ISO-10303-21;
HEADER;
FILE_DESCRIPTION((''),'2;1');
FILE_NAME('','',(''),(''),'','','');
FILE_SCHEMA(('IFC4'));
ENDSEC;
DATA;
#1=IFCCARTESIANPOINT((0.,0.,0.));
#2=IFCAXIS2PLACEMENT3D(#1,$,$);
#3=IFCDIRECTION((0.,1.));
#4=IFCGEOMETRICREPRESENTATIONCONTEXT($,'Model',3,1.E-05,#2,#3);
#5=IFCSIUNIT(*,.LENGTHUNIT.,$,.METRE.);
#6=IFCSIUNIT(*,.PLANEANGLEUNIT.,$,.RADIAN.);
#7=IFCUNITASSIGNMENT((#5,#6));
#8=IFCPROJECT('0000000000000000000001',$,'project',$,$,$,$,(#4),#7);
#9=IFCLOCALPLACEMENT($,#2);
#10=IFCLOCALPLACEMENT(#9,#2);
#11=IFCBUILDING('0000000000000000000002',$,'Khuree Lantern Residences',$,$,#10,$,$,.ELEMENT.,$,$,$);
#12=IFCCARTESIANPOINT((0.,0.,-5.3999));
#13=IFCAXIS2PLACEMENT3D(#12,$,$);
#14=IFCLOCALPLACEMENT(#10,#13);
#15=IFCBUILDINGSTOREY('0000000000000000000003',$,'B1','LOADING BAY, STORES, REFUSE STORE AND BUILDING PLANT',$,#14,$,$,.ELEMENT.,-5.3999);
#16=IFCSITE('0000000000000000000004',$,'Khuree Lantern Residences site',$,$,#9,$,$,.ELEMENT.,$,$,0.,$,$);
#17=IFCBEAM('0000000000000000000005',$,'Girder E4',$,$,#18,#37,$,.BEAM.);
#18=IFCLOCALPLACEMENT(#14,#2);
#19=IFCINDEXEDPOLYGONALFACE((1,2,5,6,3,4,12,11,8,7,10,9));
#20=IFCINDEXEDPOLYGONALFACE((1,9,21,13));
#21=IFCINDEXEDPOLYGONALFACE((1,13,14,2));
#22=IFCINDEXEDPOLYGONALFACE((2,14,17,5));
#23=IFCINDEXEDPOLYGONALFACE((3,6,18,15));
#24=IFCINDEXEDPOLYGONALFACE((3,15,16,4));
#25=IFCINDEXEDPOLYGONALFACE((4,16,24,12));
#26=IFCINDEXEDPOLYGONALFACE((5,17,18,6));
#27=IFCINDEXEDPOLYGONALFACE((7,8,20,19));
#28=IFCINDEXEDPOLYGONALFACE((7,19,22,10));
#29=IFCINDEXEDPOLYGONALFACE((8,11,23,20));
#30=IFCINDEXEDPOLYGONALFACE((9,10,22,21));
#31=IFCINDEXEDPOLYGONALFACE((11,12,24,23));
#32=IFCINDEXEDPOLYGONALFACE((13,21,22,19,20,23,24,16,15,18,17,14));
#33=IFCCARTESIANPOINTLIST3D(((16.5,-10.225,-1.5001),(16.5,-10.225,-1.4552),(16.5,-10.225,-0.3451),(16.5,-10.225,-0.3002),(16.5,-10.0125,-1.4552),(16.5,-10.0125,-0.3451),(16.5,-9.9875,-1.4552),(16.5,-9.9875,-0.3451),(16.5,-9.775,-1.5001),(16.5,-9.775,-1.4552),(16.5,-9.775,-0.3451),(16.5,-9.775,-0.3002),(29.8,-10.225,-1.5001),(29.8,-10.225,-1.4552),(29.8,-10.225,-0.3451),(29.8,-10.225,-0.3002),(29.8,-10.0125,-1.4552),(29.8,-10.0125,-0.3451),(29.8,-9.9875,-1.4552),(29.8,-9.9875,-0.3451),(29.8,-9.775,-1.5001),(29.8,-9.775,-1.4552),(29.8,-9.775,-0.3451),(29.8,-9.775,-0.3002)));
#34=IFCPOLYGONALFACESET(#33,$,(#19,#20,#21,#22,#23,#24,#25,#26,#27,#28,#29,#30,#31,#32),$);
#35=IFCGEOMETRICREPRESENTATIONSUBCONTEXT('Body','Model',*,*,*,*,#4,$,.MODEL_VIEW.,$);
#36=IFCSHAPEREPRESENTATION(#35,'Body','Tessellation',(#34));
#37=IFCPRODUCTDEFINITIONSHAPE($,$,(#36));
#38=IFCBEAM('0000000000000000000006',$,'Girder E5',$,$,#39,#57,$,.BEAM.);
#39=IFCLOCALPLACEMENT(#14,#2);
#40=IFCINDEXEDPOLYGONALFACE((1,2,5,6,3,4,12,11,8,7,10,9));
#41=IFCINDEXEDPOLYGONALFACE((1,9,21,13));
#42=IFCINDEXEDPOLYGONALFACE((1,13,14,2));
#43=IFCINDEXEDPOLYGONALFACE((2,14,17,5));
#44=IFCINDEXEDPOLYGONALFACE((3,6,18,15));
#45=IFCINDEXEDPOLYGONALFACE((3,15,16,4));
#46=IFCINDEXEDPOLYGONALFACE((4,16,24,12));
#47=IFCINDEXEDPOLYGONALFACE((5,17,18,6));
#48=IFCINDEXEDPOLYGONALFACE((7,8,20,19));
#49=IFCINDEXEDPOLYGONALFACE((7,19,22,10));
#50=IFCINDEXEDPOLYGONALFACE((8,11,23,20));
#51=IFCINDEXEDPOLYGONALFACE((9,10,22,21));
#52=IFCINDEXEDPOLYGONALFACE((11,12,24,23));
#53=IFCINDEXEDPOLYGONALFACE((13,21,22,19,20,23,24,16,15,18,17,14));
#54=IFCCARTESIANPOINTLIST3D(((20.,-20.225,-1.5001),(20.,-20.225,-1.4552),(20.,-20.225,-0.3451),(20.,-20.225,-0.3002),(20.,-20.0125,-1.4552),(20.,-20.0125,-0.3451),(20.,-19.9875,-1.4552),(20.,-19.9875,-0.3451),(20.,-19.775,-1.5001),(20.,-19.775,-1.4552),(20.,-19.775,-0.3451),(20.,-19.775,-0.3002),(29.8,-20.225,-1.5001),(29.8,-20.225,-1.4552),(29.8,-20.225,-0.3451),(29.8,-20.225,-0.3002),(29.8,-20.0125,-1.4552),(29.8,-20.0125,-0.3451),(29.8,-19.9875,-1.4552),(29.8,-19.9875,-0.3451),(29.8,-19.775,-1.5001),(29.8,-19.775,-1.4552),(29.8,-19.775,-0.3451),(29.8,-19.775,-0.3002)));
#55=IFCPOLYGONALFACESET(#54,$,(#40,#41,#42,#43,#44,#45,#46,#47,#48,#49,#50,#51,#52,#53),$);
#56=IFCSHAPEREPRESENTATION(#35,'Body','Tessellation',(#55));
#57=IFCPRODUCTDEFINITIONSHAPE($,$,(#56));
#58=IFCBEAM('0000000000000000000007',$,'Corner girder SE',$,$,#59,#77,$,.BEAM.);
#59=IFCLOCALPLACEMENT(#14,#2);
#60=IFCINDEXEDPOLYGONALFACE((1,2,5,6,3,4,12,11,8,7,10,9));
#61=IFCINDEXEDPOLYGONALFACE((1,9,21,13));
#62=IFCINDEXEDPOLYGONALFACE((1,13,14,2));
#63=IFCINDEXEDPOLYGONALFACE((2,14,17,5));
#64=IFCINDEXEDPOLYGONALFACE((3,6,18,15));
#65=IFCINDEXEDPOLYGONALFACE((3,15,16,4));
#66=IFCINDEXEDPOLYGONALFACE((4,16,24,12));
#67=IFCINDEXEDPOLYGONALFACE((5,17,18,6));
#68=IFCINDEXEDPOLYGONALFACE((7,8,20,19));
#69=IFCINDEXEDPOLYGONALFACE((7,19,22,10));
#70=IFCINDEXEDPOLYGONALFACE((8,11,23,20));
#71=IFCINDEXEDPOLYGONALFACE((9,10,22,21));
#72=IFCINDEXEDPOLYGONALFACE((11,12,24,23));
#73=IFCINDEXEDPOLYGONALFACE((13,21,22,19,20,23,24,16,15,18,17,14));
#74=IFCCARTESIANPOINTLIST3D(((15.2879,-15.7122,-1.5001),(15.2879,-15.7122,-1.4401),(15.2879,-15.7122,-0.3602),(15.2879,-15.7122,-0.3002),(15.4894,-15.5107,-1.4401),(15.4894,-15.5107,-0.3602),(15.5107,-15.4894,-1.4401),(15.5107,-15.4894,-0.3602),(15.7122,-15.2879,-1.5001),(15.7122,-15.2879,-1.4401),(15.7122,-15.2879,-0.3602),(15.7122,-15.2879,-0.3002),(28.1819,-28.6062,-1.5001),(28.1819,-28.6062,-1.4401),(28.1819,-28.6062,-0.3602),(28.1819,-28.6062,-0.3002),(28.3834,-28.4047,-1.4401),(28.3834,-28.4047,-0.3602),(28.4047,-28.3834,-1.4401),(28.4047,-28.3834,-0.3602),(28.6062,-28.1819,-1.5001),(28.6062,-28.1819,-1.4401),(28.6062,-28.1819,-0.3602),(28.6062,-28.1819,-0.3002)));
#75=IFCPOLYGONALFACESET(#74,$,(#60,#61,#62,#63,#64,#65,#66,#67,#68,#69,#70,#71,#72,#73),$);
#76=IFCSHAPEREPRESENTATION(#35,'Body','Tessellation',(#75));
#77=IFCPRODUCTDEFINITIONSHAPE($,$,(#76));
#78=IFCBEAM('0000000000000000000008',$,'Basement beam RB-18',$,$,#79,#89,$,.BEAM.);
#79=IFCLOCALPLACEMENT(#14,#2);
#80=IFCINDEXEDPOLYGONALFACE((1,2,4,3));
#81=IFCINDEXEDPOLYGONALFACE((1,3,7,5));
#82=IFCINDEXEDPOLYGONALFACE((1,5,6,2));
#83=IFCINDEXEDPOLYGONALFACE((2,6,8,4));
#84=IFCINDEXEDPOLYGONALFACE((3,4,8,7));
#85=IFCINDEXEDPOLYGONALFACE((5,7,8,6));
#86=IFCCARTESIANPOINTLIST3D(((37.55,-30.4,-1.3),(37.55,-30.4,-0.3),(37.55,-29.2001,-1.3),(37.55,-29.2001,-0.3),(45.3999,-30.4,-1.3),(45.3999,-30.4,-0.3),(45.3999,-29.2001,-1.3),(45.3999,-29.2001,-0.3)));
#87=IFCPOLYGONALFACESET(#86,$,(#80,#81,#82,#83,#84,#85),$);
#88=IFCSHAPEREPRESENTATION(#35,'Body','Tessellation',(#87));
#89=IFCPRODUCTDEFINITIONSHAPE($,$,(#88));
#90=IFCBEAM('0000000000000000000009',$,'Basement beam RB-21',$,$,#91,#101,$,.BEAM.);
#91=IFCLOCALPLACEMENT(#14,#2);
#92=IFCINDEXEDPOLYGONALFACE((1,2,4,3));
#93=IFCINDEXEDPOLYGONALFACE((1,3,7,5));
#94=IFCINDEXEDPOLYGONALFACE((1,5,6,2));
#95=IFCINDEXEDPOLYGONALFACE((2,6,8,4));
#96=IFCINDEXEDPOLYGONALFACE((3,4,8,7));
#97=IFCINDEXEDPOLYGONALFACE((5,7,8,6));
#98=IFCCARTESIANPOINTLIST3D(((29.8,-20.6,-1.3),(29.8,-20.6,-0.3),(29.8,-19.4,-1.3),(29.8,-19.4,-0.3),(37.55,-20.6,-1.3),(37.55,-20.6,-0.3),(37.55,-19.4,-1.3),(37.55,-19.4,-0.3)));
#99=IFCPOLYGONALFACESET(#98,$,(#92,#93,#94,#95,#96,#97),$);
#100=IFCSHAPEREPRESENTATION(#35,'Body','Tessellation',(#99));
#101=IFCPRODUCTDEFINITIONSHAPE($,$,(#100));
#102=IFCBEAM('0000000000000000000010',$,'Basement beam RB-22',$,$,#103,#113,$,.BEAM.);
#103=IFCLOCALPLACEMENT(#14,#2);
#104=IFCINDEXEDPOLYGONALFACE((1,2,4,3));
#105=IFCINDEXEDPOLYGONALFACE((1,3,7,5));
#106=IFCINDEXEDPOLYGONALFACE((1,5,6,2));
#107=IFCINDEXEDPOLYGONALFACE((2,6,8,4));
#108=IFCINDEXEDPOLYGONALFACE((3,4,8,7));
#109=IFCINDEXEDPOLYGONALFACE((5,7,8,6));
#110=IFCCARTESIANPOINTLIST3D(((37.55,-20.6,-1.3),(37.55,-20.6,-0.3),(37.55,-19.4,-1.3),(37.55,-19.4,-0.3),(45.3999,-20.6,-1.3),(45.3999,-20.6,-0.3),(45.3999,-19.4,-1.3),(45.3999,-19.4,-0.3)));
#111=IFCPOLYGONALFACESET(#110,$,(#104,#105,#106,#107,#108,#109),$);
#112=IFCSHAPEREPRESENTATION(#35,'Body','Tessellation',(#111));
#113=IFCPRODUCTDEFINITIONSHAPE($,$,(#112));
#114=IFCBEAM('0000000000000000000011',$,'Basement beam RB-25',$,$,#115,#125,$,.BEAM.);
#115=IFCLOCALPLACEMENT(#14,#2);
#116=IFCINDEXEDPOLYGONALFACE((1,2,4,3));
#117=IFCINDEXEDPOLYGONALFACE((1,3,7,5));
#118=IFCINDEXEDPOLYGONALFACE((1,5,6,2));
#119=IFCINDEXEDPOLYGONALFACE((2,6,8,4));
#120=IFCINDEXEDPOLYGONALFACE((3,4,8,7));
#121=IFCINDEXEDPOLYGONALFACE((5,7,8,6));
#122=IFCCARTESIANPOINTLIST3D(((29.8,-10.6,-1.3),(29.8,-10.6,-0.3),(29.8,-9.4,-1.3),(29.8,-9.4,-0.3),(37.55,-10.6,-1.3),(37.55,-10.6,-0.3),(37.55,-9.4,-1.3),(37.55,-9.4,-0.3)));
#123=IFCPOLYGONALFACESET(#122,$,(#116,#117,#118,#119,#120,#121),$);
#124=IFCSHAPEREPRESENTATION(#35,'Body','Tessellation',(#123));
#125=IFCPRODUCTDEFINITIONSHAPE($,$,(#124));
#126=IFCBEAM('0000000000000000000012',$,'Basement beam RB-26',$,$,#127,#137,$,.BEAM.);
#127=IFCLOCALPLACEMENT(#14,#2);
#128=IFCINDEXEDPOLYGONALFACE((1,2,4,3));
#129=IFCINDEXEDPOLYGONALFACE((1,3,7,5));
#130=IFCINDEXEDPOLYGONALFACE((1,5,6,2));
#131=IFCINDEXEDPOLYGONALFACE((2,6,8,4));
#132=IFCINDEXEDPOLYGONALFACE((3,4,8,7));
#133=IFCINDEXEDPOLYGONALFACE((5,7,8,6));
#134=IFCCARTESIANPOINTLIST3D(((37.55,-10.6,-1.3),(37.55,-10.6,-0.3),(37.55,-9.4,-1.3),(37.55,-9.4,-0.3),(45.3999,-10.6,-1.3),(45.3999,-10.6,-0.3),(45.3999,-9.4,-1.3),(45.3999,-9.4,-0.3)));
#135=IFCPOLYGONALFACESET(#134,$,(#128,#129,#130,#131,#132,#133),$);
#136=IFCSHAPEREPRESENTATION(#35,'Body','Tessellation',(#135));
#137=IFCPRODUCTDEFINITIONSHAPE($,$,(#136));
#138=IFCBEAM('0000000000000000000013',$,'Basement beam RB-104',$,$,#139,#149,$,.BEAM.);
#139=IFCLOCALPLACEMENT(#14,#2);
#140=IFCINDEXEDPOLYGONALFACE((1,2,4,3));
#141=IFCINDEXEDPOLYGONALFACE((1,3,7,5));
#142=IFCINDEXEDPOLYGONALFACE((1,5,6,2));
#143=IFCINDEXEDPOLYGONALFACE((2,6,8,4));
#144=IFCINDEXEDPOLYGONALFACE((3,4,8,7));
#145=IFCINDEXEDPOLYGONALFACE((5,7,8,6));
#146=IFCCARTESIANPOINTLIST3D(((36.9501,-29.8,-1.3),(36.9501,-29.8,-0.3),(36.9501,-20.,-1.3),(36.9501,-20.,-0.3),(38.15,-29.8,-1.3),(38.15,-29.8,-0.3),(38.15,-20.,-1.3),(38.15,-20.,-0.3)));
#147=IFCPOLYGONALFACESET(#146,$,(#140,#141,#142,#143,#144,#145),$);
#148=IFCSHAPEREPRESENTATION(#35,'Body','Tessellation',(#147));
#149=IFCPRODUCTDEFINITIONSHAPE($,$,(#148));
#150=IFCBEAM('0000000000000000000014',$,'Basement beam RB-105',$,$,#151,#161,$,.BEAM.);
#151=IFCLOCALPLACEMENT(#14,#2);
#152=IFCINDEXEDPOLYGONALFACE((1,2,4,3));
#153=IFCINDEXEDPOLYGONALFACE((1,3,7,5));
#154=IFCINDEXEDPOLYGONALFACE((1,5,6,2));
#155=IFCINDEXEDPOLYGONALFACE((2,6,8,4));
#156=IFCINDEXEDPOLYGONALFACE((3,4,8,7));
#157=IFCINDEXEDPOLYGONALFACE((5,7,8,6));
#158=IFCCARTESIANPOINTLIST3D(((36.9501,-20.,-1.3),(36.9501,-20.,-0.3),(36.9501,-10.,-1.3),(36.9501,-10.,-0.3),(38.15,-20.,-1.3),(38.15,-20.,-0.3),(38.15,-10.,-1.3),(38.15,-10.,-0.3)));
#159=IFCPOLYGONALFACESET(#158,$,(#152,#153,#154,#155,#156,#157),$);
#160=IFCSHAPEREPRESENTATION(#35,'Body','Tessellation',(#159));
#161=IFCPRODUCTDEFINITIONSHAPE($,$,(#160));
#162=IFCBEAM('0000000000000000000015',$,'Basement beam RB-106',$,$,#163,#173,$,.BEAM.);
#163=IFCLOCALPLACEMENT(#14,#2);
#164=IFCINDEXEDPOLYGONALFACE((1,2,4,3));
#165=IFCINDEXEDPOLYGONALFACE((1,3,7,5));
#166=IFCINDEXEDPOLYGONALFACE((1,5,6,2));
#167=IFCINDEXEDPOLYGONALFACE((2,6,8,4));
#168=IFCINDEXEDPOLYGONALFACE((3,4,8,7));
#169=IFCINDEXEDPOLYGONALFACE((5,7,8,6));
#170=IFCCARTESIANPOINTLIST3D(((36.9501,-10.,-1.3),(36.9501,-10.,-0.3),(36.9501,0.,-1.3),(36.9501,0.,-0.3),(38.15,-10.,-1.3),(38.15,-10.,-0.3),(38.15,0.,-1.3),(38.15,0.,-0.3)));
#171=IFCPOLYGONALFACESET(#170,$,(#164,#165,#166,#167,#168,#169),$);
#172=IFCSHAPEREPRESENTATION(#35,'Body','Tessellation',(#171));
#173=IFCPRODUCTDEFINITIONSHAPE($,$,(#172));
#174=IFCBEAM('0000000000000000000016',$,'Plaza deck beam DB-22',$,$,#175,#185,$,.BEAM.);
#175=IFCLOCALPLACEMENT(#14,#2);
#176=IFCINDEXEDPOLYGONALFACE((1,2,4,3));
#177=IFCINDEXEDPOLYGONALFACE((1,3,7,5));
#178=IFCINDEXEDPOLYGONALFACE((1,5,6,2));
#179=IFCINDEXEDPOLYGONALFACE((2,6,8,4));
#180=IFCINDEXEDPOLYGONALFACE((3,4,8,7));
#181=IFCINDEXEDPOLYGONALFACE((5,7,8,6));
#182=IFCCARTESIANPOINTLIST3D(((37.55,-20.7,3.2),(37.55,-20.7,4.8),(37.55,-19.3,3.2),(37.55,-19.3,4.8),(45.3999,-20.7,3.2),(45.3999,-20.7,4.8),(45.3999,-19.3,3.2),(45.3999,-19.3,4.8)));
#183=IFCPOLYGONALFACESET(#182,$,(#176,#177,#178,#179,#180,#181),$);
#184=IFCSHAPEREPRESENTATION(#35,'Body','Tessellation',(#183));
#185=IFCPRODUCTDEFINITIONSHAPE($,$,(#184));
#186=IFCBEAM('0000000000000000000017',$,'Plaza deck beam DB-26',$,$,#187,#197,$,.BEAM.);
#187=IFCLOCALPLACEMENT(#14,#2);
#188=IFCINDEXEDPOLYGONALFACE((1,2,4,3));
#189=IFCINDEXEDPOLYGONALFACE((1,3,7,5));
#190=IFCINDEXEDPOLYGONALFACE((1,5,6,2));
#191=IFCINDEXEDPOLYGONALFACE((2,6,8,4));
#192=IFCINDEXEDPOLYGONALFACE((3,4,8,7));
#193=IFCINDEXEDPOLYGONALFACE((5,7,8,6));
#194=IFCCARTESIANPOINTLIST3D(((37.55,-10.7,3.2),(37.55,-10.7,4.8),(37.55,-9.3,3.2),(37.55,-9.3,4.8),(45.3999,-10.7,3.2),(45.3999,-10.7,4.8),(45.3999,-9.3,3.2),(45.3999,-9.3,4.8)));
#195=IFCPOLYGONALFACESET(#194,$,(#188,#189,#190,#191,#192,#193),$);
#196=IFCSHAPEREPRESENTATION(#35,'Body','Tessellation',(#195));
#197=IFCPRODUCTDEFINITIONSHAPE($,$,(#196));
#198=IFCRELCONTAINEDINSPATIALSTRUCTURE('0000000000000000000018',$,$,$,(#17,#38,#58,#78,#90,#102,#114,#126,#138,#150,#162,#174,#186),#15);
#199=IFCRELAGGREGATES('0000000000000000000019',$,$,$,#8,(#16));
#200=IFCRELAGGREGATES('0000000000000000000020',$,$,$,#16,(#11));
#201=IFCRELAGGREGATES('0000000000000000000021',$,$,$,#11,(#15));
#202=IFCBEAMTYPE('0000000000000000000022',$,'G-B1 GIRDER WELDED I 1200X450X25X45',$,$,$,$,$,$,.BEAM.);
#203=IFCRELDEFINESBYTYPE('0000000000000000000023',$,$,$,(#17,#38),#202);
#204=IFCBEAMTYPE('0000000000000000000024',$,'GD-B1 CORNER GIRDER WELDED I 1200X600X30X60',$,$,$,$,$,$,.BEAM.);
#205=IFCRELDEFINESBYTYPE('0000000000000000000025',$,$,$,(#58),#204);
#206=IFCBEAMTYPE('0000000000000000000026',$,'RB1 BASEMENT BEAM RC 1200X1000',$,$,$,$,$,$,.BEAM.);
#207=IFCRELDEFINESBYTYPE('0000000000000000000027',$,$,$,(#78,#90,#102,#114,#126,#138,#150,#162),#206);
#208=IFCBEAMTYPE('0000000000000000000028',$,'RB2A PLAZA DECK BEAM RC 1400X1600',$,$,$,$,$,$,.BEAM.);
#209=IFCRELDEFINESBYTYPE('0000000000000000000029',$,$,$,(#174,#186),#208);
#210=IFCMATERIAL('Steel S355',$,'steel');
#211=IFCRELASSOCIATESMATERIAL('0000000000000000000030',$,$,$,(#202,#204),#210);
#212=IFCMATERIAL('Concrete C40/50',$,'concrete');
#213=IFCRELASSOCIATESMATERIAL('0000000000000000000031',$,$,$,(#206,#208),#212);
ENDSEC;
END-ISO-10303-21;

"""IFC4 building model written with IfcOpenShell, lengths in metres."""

from ifc_helpers import new_model, si_unit, direction, frame, origin, origin_2d, place, context, subcontext, project, spatial, rectangle, i_section, extrude, material, material_profile, profile_set, type_object, element, save


model = new_model("IFC4")

# Units and contexts
model_context = context("Model", 3, precision=1e-05, world=origin(), true_north=direction((0.0, 1.0)))
body_context = subcontext(model_context, "Body", "Model", "MODEL_VIEW")
ifc_project = project(units=[si_unit("LENGTHUNIT", "METRE"), si_unit("PLANEANGLEUNIT", "RADIAN")], contexts=[model_context])

# Site, building, storey
site_placement = place(None, origin())
site = spatial("IfcSite", under=ifc_project, at=site_placement, Name="Khuree Lantern Residences site", CompositionType="ELEMENT", RefElevation=0.0)
building_placement = place(site_placement, origin())
building = spatial("IfcBuilding", under=site, at=building_placement, Name="Khuree Lantern Residences", CompositionType="ELEMENT")
storey_placement = place(building_placement, frame((0.0, 0.0, -5.3999)))
storey = spatial("IfcBuildingStorey", under=building, at=storey_placement, Name="B1", Description="LOADING BAY, STORES, REFUSE STORE AND BUILDING PLANT", CompositionType="ELEMENT", Elevation=-5.3999)

# Beams
ifc_material_1 = material(Name="Steel S355", Category="steel")
ifc_material_profile_1 = material_profile(ifc_material_1, i_section(OverallWidth=0.45, OverallDepth=1.2, WebThickness=0.0249, FlangeThickness=0.0449, at=origin_2d()), Name="WELDED I 1200X450X25X45")
ifc_profile_set_1 = profile_set([ifc_material_profile_1], Name="Steel S355")
beam_type_1 = type_object("IfcBeamType", Name="G-B1 GIRDER WELDED I 1200X450X25X45", PredefinedType="BEAM", material=ifc_profile_set_1)
beam_1_placement = place(storey_placement, frame((29.8, -10.0, -0.9001), z_axis=(-1.0, 0.0, 0.0), x_axis=(0.0, -1.0, 0.0)))
element("IfcBeam", 1, at=beam_1_placement, inside=storey, type_object=beam_type_1, Name="Girder E4", PredefinedType="BEAM", context=body_context, shape_type="SweptSolid", body=[
    extrude(i_section(OverallWidth=0.45, OverallDepth=1.2, WebThickness=0.0249, FlangeThickness=0.0449, at=origin_2d()), origin(), (0.0, 0.0, 1.0), 13.3),
])
beam_2_placement = place(storey_placement, frame((29.8, -20.0, -0.9001), z_axis=(-1.0, 0.0, 0.0), x_axis=(0.0, -1.0, 0.0)))
element("IfcBeam", 2, at=beam_2_placement, inside=storey, type_object=beam_type_1, Name="Girder E5", PredefinedType="BEAM", context=body_context, shape_type="SweptSolid", body=[
    extrude(i_section(OverallWidth=0.45, OverallDepth=1.2, WebThickness=0.0249, FlangeThickness=0.0449, at=origin_2d()), origin(), (0.0, 0.0, 1.0), 9.8),
])
ifc_material_profile_2 = material_profile(ifc_material_1, i_section(OverallWidth=0.6001, OverallDepth=1.2, WebThickness=0.03, FlangeThickness=0.0601, at=origin_2d()), Name="WELDED I 1200X600X30X60")
ifc_profile_set_2 = profile_set([ifc_material_profile_2], Name="Steel S355")
beam_type_2 = type_object("IfcBeamType", Name="GD-B1 CORNER GIRDER WELDED I 1200X600X30X60", PredefinedType="BEAM", material=ifc_profile_set_2)
beam_3_placement = place(storey_placement, frame((28.394, -28.394, -0.9001), z_axis=(-0.707107, 0.707107, 0.0), x_axis=(-0.707107, -0.707107, 0.0)))
element("IfcBeam", 3, at=beam_3_placement, inside=storey, type_object=beam_type_2, Name="Corner girder SE", PredefinedType="BEAM", context=body_context, shape_type="SweptSolid", body=[
    extrude(i_section(OverallWidth=0.6001, OverallDepth=1.2, WebThickness=0.03, FlangeThickness=0.0601, at=origin_2d()), origin(), (0.0, 0.0, 1.0), 18.2349),
])
ifc_material_2 = material(Name="Concrete C40/50", Category="concrete")
ifc_material_profile_3 = material_profile(ifc_material_2, rectangle(XDim=1.2, YDim=1.0, at=origin_2d()), Name="RC 1200X1000")
ifc_profile_set_3 = profile_set([ifc_material_profile_3], Name="Concrete C40/50")
beam_type_3 = type_object("IfcBeamType", Name="RB1 BASEMENT BEAM RC 1200X1000", PredefinedType="BEAM", material=ifc_profile_set_3)
beam_4_placement = place(storey_placement, frame((37.55, -29.8, -0.8), z_axis=(1.0, 0.0, 0.0), x_axis=(0.0, 1.0, 0.0)))
element("IfcBeam", 4, at=beam_4_placement, inside=storey, type_object=beam_type_3, Name="Basement beam RB-18", PredefinedType="BEAM", context=body_context, shape_type="SweptSolid", body=[
    extrude(rectangle(XDim=1.2, YDim=1.0, at=origin_2d()), origin(), (0.0, 0.0, 1.0), 7.8499),
])
beam_5_placement = place(storey_placement, frame((29.8, -20.0, -0.8), z_axis=(1.0, 0.0, 0.0), x_axis=(0.0, 1.0, 0.0)))
element("IfcBeam", 5, at=beam_5_placement, inside=storey, type_object=beam_type_3, Name="Basement beam RB-21", PredefinedType="BEAM", context=body_context, shape_type="SweptSolid", body=[
    extrude(rectangle(XDim=1.2, YDim=1.0, at=origin_2d()), origin(), (0.0, 0.0, 1.0), 7.75),
])
beam_6_placement = place(storey_placement, frame((37.55, -20.0, -0.8), z_axis=(1.0, 0.0, 0.0), x_axis=(0.0, 1.0, 0.0)))
element("IfcBeam", 6, at=beam_6_placement, inside=storey, type_object=beam_type_3, Name="Basement beam RB-22", PredefinedType="BEAM", context=body_context, shape_type="SweptSolid", body=[
    extrude(rectangle(XDim=1.2, YDim=1.0, at=origin_2d()), origin(), (0.0, 0.0, 1.0), 7.8499),
])
beam_7_placement = place(storey_placement, frame((29.8, -10.0, -0.8), z_axis=(1.0, 0.0, 0.0), x_axis=(0.0, 1.0, 0.0)))
element("IfcBeam", 7, at=beam_7_placement, inside=storey, type_object=beam_type_3, Name="Basement beam RB-25", PredefinedType="BEAM", context=body_context, shape_type="SweptSolid", body=[
    extrude(rectangle(XDim=1.2, YDim=1.0, at=origin_2d()), origin(), (0.0, 0.0, 1.0), 7.75),
])
beam_8_placement = place(storey_placement, frame((37.55, -10.0, -0.8), z_axis=(1.0, 0.0, 0.0), x_axis=(0.0, 1.0, 0.0)))
element("IfcBeam", 8, at=beam_8_placement, inside=storey, type_object=beam_type_3, Name="Basement beam RB-26", PredefinedType="BEAM", context=body_context, shape_type="SweptSolid", body=[
    extrude(rectangle(XDim=1.2, YDim=1.0, at=origin_2d()), origin(), (0.0, 0.0, 1.0), 7.8499),
])
beam_9_placement = place(storey_placement, frame((37.55, -29.8, -0.8), z_axis=(0.0, 1.0, 0.0), x_axis=(-1.0, 0.0, 0.0)))
element("IfcBeam", 9, at=beam_9_placement, inside=storey, type_object=beam_type_3, Name="Basement beam RB-104", PredefinedType="BEAM", context=body_context, shape_type="SweptSolid", body=[
    extrude(rectangle(XDim=1.2, YDim=1.0, at=origin_2d()), origin(), (0.0, 0.0, 1.0), 9.8),
])
for number, where, z_axis, x_axis, name in (
    (10, (37.55, -20.0, -0.8), (0.0, 1.0, 0.0), (-1.0, 0.0, 0.0), "Basement beam RB-105"),
    (11, (37.55, -10.0, -0.8), (0.0, 1.0, 0.0), (-1.0, 0.0, 0.0), "Basement beam RB-106"),
):
    element("IfcBeam", number, at=place(storey_placement, frame(where, z_axis=z_axis, x_axis=x_axis)), inside=storey, type_object=beam_type_3, Name=name, PredefinedType="BEAM", context=body_context, shape_type="SweptSolid", body=[
        extrude(rectangle(XDim=1.2, YDim=1.0, at=origin_2d()), origin(), (0.0, 0.0, 1.0), 10.0),
    ])
ifc_material_profile_4 = material_profile(ifc_material_2, rectangle(XDim=1.3999, YDim=1.6001, at=origin_2d()), Name="RC 1400X1600")
ifc_profile_set_4 = profile_set([ifc_material_profile_4], Name="Concrete C40/50")
beam_type_4 = type_object("IfcBeamType", Name="RB2A PLAZA DECK BEAM RC 1400X1600", PredefinedType="BEAM", material=ifc_profile_set_4)
for number, where, z_axis, x_axis, name in (
    (12, (37.55, -20.0, 4.0), (1.0, 0.0, 0.0), (0.0, 1.0, 0.0), "Plaza deck beam DB-22"),
    (13, (37.55, -10.0, 4.0), (1.0, 0.0, 0.0), (0.0, 1.0, 0.0), "Plaza deck beam DB-26"),
):
    element("IfcBeam", number, at=place(storey_placement, frame(where, z_axis=z_axis, x_axis=x_axis)), inside=storey, type_object=beam_type_4, Name=name, PredefinedType="BEAM", context=body_context, shape_type="SweptSolid", body=[
        extrude(rectangle(XDim=1.3999, YDim=1.6001, at=origin_2d()), origin(), (0.0, 0.0, 1.0), 7.8499),
    ])

save(model, "model.ifc")
